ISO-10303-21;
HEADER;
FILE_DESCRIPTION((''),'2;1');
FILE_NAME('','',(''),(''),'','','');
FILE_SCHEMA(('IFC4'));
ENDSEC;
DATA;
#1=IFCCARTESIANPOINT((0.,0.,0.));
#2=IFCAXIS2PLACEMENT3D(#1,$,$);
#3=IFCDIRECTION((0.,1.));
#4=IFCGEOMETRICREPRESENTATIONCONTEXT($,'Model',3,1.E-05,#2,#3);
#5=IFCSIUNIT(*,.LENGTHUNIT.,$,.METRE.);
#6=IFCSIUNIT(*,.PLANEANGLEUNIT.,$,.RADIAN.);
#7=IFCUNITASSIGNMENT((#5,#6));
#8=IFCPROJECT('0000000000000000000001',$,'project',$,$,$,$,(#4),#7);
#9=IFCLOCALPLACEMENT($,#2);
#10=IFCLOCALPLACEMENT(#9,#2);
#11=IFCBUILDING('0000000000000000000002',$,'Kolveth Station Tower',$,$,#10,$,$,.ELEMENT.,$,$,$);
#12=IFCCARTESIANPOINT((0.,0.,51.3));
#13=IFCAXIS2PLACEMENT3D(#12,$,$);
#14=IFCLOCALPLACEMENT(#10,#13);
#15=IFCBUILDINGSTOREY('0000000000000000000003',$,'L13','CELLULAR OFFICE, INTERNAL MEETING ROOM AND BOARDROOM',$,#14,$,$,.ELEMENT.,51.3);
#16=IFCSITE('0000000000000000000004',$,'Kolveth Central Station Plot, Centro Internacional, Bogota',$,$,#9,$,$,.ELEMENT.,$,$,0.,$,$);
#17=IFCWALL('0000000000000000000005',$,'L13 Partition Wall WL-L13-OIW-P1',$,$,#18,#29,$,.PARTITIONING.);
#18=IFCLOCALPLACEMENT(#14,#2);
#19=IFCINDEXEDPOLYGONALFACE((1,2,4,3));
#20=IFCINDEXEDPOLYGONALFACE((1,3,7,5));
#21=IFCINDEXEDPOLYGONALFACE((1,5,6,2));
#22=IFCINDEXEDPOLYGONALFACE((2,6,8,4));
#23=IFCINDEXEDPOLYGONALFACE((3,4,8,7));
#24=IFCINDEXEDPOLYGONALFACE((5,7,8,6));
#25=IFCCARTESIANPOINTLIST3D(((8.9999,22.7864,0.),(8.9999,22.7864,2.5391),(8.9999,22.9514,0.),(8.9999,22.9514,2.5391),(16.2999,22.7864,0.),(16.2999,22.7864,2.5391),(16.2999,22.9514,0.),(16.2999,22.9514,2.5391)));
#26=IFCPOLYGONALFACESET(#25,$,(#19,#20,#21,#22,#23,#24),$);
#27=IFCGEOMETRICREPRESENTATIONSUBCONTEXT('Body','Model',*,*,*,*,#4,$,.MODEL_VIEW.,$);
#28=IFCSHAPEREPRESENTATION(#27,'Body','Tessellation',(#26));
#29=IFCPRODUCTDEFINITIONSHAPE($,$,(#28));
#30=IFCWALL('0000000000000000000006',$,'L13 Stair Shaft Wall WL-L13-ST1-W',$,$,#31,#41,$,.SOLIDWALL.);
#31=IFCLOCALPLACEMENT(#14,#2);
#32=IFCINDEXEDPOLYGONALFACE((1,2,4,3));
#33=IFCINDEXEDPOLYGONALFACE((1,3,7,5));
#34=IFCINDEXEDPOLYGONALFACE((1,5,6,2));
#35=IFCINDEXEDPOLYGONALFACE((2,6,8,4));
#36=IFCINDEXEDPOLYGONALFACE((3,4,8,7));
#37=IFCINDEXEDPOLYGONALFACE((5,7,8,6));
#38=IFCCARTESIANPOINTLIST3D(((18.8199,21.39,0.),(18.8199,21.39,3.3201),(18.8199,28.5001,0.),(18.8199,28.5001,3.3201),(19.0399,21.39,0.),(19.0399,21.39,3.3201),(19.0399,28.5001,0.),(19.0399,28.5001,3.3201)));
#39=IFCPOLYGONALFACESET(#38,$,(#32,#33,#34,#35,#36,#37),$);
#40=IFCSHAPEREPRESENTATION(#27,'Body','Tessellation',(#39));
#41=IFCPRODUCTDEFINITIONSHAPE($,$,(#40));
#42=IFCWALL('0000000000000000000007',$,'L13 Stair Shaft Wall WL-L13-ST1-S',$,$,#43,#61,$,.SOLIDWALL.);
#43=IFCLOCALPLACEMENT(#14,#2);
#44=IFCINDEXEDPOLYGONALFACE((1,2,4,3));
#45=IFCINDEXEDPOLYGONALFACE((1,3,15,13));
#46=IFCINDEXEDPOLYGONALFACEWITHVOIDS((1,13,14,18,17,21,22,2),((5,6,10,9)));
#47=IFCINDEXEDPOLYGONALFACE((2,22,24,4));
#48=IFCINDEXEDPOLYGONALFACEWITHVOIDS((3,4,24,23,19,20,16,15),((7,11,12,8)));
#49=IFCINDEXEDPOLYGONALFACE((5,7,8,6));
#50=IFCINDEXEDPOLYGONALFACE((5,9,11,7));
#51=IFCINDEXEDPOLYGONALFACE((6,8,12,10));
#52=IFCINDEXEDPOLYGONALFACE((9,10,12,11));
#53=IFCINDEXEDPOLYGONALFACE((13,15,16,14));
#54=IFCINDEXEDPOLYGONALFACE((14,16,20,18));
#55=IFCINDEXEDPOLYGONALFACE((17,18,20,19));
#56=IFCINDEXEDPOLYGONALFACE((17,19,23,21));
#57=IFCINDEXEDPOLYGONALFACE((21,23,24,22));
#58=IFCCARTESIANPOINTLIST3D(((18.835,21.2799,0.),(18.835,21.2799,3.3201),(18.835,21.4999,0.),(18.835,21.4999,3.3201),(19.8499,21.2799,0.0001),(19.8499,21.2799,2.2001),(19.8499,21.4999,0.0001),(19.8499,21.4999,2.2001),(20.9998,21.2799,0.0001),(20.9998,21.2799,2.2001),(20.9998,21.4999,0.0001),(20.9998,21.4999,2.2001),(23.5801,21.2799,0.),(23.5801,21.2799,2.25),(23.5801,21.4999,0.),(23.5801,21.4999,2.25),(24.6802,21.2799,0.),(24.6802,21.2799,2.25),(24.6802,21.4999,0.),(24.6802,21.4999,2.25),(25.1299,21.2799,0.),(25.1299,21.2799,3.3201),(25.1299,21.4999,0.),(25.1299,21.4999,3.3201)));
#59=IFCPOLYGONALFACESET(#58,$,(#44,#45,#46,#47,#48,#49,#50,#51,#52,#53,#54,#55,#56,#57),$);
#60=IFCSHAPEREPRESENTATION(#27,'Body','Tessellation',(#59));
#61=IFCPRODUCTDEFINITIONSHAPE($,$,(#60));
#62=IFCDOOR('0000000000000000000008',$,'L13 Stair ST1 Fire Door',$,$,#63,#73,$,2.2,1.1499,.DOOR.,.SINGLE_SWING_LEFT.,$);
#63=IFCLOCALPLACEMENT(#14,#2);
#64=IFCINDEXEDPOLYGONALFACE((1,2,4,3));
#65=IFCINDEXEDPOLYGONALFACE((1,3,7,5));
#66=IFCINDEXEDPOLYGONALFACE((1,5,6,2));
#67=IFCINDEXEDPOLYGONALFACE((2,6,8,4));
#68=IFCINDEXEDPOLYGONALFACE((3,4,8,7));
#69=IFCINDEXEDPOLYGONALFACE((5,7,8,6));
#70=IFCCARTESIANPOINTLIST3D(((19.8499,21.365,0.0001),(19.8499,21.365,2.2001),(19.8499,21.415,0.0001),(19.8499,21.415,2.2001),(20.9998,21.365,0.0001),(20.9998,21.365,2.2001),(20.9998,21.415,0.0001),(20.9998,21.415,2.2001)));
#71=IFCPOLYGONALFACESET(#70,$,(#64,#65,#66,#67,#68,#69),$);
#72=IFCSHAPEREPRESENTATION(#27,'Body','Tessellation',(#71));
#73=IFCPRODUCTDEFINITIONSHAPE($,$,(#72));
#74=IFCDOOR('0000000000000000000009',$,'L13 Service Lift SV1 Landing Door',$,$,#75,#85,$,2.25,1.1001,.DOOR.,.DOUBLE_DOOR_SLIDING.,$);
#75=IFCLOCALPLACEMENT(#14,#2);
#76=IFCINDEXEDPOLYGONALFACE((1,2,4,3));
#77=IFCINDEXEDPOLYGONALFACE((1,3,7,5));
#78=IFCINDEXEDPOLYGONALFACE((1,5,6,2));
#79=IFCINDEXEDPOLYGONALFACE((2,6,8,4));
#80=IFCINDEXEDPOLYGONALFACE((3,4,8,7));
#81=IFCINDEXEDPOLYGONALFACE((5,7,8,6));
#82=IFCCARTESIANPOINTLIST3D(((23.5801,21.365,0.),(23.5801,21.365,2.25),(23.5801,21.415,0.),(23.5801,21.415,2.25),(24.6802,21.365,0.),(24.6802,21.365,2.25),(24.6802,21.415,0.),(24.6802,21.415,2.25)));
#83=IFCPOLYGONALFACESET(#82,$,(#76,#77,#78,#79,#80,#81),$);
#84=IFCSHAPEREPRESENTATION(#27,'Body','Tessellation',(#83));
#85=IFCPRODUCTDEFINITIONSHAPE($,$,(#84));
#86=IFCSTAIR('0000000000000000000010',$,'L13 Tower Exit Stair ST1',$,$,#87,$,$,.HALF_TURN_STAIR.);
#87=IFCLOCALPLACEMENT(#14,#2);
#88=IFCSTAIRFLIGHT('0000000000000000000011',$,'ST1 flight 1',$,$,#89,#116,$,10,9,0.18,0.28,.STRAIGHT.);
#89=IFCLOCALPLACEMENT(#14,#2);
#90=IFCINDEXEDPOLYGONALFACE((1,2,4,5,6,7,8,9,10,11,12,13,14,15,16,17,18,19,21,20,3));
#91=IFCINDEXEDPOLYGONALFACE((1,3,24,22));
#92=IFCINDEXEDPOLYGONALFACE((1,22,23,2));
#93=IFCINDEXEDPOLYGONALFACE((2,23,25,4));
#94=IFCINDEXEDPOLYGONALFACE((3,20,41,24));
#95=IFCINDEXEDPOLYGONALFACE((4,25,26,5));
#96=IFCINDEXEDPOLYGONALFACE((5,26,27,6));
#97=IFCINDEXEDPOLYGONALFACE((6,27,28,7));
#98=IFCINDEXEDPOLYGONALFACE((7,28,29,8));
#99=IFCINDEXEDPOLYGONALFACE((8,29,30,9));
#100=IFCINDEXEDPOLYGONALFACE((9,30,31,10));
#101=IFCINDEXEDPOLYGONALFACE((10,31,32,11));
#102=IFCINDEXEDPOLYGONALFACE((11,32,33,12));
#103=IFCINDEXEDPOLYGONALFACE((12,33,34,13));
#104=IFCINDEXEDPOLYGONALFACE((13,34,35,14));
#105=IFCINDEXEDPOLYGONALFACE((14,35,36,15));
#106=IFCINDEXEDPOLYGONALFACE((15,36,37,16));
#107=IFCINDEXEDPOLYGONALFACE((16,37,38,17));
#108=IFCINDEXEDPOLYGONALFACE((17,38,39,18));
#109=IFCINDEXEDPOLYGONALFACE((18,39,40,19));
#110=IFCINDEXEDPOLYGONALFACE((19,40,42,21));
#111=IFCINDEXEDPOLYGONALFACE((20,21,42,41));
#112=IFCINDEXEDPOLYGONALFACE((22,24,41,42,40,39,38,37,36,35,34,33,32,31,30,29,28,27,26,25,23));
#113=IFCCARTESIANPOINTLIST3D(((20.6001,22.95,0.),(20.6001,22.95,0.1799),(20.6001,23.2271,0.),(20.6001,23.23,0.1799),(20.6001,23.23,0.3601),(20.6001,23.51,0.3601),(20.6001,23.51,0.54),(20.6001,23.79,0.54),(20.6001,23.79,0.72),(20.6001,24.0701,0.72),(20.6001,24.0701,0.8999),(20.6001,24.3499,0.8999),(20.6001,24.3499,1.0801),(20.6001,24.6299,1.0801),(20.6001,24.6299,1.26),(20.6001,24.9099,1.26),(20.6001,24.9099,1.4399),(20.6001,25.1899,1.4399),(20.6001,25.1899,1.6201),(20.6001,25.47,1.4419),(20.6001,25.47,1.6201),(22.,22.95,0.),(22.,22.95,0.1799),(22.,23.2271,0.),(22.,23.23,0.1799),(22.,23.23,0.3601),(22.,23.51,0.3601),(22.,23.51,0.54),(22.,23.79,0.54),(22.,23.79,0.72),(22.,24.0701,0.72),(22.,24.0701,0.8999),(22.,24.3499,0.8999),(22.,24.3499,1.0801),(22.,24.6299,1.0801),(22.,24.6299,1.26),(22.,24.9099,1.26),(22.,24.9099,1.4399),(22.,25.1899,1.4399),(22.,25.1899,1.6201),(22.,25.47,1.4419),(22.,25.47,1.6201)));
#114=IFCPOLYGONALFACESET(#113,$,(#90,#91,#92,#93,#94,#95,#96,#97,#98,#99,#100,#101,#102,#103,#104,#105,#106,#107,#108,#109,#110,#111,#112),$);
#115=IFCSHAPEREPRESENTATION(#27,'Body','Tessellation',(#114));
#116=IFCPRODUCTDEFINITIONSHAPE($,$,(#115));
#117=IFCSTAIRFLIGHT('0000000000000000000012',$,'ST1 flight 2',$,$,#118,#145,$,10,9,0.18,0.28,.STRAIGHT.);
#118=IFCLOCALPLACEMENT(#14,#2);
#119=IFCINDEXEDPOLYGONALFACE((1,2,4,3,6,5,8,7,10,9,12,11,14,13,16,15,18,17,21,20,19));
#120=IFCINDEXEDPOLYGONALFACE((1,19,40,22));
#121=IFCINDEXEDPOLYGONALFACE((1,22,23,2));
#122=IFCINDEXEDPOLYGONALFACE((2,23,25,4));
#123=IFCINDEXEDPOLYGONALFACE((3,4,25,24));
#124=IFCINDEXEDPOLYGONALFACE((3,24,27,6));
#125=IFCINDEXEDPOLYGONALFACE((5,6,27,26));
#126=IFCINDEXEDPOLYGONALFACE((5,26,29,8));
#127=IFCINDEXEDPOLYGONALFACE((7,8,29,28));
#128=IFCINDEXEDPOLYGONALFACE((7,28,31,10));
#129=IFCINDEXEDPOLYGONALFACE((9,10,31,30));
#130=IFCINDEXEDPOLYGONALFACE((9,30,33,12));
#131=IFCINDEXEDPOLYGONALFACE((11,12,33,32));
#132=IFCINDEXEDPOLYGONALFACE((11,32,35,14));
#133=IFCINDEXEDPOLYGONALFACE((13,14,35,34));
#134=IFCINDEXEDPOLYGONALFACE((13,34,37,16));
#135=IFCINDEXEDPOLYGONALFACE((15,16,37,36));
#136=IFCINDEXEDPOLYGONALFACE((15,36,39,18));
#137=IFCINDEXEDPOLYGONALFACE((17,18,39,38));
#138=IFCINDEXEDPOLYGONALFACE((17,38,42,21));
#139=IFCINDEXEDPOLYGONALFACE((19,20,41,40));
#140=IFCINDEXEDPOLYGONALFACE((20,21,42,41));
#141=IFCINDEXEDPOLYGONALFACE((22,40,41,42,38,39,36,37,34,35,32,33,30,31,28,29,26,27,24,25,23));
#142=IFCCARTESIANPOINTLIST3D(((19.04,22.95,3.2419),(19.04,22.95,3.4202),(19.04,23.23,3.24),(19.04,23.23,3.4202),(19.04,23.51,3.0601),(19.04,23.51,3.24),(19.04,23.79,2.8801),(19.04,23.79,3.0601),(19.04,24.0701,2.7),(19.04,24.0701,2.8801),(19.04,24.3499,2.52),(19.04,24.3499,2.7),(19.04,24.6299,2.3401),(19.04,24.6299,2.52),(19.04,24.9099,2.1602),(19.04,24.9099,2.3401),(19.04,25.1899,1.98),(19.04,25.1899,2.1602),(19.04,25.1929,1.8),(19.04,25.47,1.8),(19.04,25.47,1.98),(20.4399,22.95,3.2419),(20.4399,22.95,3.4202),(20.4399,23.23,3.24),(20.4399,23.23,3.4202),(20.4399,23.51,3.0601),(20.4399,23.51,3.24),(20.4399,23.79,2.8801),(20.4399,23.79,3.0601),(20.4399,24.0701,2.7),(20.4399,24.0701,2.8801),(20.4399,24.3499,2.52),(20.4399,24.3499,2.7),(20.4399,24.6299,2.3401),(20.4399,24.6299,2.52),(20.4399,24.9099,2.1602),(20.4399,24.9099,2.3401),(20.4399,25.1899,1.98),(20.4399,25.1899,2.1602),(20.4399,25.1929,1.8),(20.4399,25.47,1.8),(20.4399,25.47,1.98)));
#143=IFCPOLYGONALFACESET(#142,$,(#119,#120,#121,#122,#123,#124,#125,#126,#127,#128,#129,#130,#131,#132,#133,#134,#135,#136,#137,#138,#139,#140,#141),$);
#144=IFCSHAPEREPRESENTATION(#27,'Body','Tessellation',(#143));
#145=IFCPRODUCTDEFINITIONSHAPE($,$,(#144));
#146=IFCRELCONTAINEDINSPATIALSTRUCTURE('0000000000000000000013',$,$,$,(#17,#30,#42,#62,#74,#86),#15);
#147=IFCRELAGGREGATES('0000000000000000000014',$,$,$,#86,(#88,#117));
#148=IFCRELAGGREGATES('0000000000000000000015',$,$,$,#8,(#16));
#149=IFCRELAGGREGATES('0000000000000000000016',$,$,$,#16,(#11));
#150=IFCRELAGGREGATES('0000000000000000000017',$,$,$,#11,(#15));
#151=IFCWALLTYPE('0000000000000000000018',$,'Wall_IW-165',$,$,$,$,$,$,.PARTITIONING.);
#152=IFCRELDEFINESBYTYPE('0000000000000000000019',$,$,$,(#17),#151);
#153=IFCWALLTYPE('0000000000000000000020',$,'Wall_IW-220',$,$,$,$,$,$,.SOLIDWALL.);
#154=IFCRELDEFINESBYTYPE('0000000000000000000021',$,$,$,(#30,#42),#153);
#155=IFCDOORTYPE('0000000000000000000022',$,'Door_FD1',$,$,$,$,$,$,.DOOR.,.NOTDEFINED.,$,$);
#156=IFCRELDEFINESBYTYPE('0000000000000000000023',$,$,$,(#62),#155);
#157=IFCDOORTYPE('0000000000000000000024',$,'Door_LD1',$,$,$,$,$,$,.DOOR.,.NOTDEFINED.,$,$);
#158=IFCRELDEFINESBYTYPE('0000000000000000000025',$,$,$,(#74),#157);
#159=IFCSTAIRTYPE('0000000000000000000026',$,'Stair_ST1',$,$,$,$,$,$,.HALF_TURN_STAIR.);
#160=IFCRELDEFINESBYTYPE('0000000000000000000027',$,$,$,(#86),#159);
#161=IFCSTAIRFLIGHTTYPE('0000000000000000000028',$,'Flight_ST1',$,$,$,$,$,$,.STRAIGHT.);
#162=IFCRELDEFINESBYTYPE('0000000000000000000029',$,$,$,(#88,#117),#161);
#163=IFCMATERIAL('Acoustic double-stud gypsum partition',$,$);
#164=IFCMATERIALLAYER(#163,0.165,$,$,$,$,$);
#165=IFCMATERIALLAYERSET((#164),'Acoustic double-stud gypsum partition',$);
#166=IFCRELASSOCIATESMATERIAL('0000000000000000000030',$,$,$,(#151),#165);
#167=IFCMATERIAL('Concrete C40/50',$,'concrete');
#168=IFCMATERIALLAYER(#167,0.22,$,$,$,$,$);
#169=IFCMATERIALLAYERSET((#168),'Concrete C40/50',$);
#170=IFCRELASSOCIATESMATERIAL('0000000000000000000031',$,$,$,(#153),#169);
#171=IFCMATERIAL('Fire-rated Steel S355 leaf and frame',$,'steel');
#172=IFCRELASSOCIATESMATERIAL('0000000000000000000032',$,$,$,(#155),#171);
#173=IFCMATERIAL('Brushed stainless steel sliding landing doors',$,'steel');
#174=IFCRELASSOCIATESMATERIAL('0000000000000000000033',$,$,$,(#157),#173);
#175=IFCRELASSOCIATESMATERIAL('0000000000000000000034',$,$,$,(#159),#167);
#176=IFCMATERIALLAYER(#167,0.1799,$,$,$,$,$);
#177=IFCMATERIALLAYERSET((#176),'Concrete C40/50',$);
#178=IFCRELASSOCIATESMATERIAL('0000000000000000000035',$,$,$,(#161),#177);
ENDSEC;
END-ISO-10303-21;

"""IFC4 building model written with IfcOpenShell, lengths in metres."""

from ifc_helpers import new_model, si_unit, direction, frame, frame_2d, origin, place, context, subcontext, project, spatial, polyline, rectangle, outline, extrude, material, layer, layer_set, type_object, element, fill, aggregate, save


model = new_model("IFC4")

# Units and contexts
model_context = context("Model", 3, precision=1e-05, world=origin(), true_north=direction((0.0, 1.0)))
body_context = subcontext(model_context, "Body", "Model", "MODEL_VIEW")
ifc_project = project(units=[si_unit("LENGTHUNIT", "METRE"), si_unit("PLANEANGLEUNIT", "RADIAN")], contexts=[model_context])

# Site, building, storey
site_placement = place(None, origin())
site = spatial("IfcSite", under=ifc_project, at=site_placement, Name="Kolveth Central Station Plot, Centro Internacional, Bogota", CompositionType="ELEMENT", RefElevation=0.0)
building_placement = place(site_placement, origin())
building = spatial("IfcBuilding", under=site, at=building_placement, Name="Kolveth Station Tower", CompositionType="ELEMENT")
storey_placement = place(building_placement, frame((0.0, 0.0, 51.3)))
storey = spatial("IfcBuildingStorey", under=building, at=storey_placement, Name="L13", Description="CELLULAR OFFICE, INTERNAL MEETING ROOM AND BOARDROOM", CompositionType="ELEMENT", Elevation=51.3)

# Walls
ifc_material_1 = material(Name="Acoustic double-stud gypsum partition")
ifc_layer_1 = layer(ifc_material_1, 0.165)
ifc_layer_set_1 = layer_set([ifc_layer_1], Name="Acoustic double-stud gypsum partition")
wall_type_1 = type_object("IfcWallType", Name="Wall_IW-165", PredefinedType="PARTITIONING", material=ifc_layer_set_1)
wall_1_placement = place(storey_placement, frame((9.0, 22.8689, 0.0), z_axis=(0.0, 0.0, 1.0), x_axis=(1.0, 0.0, 0.0)))
element("IfcWall", 1, at=wall_1_placement, inside=storey, type_object=wall_type_1, Name="L13 Partition Wall WL-L13-OIW-P1", PredefinedType="PARTITIONING", context=body_context, shape_type="SweptSolid", body=[
    extrude(rectangle(XDim=7.3, YDim=0.165, at=frame_2d((3.6499, 0.0))), origin(), (0.0, 0.0, 1.0), 2.5391),
])
ifc_material_2 = material(Name="Concrete C40/50", Category="concrete")
ifc_layer_2 = layer(ifc_material_2, 0.22)
ifc_layer_set_2 = layer_set([ifc_layer_2], Name="Concrete C40/50")
wall_type_2 = type_object("IfcWallType", Name="Wall_IW-220", PredefinedType="SOLIDWALL", material=ifc_layer_set_2)
wall_2_placement = place(storey_placement, frame((18.9299, 21.3899, 0.0), z_axis=(0.0, 0.0, 1.0), x_axis=(0.0, 1.0, 0.0)))
element("IfcWall", 2, at=wall_2_placement, inside=storey, type_object=wall_type_2, Name="L13 Stair Shaft Wall WL-L13-ST1-W", PredefinedType="SOLIDWALL", context=body_context, shape_type="SweptSolid", body=[
    extrude(rectangle(XDim=7.1101, YDim=0.22, at=frame_2d((3.5552, 0.0))), origin(), (0.0, 0.0, 1.0), 3.3201),
])

# Wall, openings, doors
wall_3_placement = place(storey_placement, frame((18.835, 21.3899, 0.0), z_axis=(0.0, 0.0, 1.0), x_axis=(1.0, 0.0, 0.0)))
wall_3 = element("IfcWall", 3, at=wall_3_placement, inside=storey, type_object=wall_type_2, Name="L13 Stair Shaft Wall WL-L13-ST1-S", PredefinedType="SOLIDWALL", context=body_context, shape_type="SweptSolid", body=[
    extrude(rectangle(XDim=6.2949, YDim=0.22, at=frame_2d((3.1475, 0.0))), origin(), (0.0, 0.0, 1.0), 3.3201),
])
opening_1_placement = place(wall_3_placement, frame((1.0149, 0.0, 0.0)))
opening_1 = element("IfcOpeningElement", 4, at=opening_1_placement, cuts=wall_3, PredefinedType="OPENING", context=body_context, shape_type="SweptSolid", body=[
    extrude(rectangle(XDim=1.1499, YDim=2.2, at=frame_2d((0.575, 1.1001))), frame((0.0, 0.1199, 0.0), z_axis=(0.0, -1.0, 0.0), x_axis=(1.0, 0.0, 0.0)), (0.0, 0.0, 1.0), 0.24),
])
opening_2_placement = place(wall_3_placement, frame((4.7451, 0.0, 0.0)))
opening_2 = element("IfcOpeningElement", 5, at=opening_2_placement, cuts=wall_3, PredefinedType="OPENING", context=body_context, shape_type="SweptSolid", body=[
    extrude(rectangle(XDim=1.1001, YDim=2.25, at=frame_2d((0.55, 1.125))), frame((0.0, 0.1199, 0.0), z_axis=(0.0, -1.0, 0.0), x_axis=(1.0, 0.0, 0.0)), (0.0, 0.0, 1.0), 0.24),
])
ifc_material_3 = material(Name="Fire-rated Steel S355 leaf and frame", Category="steel")
door_type_1 = type_object("IfcDoorType", Name="Door_FD1", OperationType="NOTDEFINED", PredefinedType="DOOR", material=ifc_material_3)
door_1_placement = place(opening_1_placement, frame((1.1499, 0.0, 0.0), z_axis=(0.0, 0.0, 1.0), x_axis=(-1.0, 0.0, 0.0)))
door_1 = element("IfcDoor", 6, at=door_1_placement, inside=storey, type_object=door_type_1, Name="L13 Stair ST1 Fire Door", OperationType="SINGLE_SWING_LEFT", OverallHeight=2.2, OverallWidth=1.1499, PredefinedType="DOOR", context=body_context, shape_type="SweptSolid", body=[
    extrude(rectangle(XDim=1.1499, YDim=2.2, at=frame_2d((0.575, 1.1001))), frame((0.0, 0.0249, 0.0), z_axis=(0.0, -1.0, 0.0), x_axis=(1.0, 0.0, 0.0)), (0.0, 0.0, 1.0), 0.05),
])
fill(opening_1, door_1)
ifc_material_4 = material(Name="Brushed stainless steel sliding landing doors", Category="steel")
door_type_2 = type_object("IfcDoorType", Name="Door_LD1", OperationType="NOTDEFINED", PredefinedType="DOOR", material=ifc_material_4)
door_2_placement = place(opening_2_placement, frame((1.1001, 0.0, 0.0), z_axis=(0.0, 0.0, 1.0), x_axis=(-1.0, 0.0, 0.0)))
door_2 = element("IfcDoor", 7, at=door_2_placement, inside=storey, type_object=door_type_2, Name="L13 Service Lift SV1 Landing Door", OperationType="DOUBLE_DOOR_SLIDING", OverallHeight=2.25, OverallWidth=1.1001, PredefinedType="DOOR", context=body_context, shape_type="SweptSolid", body=[
    extrude(rectangle(XDim=1.1001, YDim=2.25, at=frame_2d((0.55, 1.125))), frame((0.0, 0.0249, 0.0), z_axis=(0.0, -1.0, 0.0), x_axis=(1.0, 0.0, 0.0)), (0.0, 0.0, 1.0), 0.05),
])
fill(opening_2, door_2)

# Stair, stair flights
stair_type = type_object("IfcStairType", Name="Stair_ST1", PredefinedType="HALF_TURN_STAIR", material=ifc_material_2)
stair_placement = place(storey_placement, origin())
stair = element("IfcStair", 8, at=stair_placement, inside=storey, type_object=stair_type, Name="L13 Tower Exit Stair ST1", PredefinedType="HALF_TURN_STAIR")
ifc_layer_3 = layer(ifc_material_2, 0.1799)
ifc_layer_set_3 = layer_set([ifc_layer_3], Name="Concrete C40/50")
stair_flight_type = type_object("IfcStairFlightType", Name="Flight_ST1", PredefinedType="STRAIGHT", material=ifc_layer_set_3)
stair_flight_1_placement = place(storey_placement, frame((21.3, 22.95, 0.0), z_axis=(0.0, 0.0, 1.0), x_axis=(0.0, 1.0, 0.0)))
stair_flight_1 = element("IfcStairFlight", 9, at=stair_flight_1_placement, type_object=stair_flight_type, Name="ST1 flight 1", NumberOfRisers=10, NumberOfTreads=9, PredefinedType="STRAIGHT", RiserHeight=0.18, TreadLength=0.28, context=body_context, shape_type="SweptSolid", body=[
    extrude(outline(polyline([(0.0, 0.0), (0.0, 0.1799), (0.28, 0.1799), (0.28, 0.3601), (0.5601, 0.3601), (0.5601, 0.54), (0.8401, 0.54), (0.8401, 0.72), (1.1201, 0.72), (1.1201, 0.8999), (1.3999, 0.8999), (1.3999, 1.0801), (1.6799, 1.0801), (1.6799, 1.26), (1.96, 1.26), (1.96, 1.4399), (2.24, 1.4399), (2.24, 1.6201), (2.52, 1.6201), (2.52, 1.8), (2.52, 1.4419), (0.2771, 0.0), (0.0, 0.0)])), frame((0.0, 0.7, 0.0), z_axis=(0.0, -1.0, 0.0), x_axis=(1.0, 0.0, 0.0)), (0.0, 0.0, 1.0), 1.3999),
])
stair_flight_2_placement = place(storey_placement, frame((19.74, 25.47, 1.8), z_axis=(0.0, 0.0, 1.0), x_axis=(0.0, -1.0, 0.0)))
stair_flight_2 = element("IfcStairFlight", 10, at=stair_flight_2_placement, type_object=stair_flight_type, Name="ST1 flight 2", NumberOfRisers=10, NumberOfTreads=9, PredefinedType="STRAIGHT", RiserHeight=0.18, TreadLength=0.28, context=body_context, shape_type="SweptSolid", body=[
    extrude(outline(polyline([(0.0, 0.0), (0.0, 0.1799), (0.28, 0.1799), (0.28, 0.3601), (0.5601, 0.3601), (0.5601, 0.54), (0.8401, 0.54), (0.8401, 0.72), (1.1201, 0.72), (1.1201, 0.8999), (1.3999, 0.8999), (1.3999, 1.0801), (1.6799, 1.0801), (1.6799, 1.26), (1.96, 1.26), (1.96, 1.4399), (2.24, 1.4399), (2.24, 1.6201), (2.52, 1.6201), (2.52, 1.8), (2.52, 1.4419), (0.2771, 0.0), (0.0, 0.0)])), frame((0.0, 0.7, 0.0), z_axis=(0.0, -1.0, 0.0), x_axis=(1.0, 0.0, 0.0)), (0.0, 0.0, 1.0), 1.3999),
])
aggregate(stair, [stair_flight_1, stair_flight_2])

save(model, "model.ifc")
